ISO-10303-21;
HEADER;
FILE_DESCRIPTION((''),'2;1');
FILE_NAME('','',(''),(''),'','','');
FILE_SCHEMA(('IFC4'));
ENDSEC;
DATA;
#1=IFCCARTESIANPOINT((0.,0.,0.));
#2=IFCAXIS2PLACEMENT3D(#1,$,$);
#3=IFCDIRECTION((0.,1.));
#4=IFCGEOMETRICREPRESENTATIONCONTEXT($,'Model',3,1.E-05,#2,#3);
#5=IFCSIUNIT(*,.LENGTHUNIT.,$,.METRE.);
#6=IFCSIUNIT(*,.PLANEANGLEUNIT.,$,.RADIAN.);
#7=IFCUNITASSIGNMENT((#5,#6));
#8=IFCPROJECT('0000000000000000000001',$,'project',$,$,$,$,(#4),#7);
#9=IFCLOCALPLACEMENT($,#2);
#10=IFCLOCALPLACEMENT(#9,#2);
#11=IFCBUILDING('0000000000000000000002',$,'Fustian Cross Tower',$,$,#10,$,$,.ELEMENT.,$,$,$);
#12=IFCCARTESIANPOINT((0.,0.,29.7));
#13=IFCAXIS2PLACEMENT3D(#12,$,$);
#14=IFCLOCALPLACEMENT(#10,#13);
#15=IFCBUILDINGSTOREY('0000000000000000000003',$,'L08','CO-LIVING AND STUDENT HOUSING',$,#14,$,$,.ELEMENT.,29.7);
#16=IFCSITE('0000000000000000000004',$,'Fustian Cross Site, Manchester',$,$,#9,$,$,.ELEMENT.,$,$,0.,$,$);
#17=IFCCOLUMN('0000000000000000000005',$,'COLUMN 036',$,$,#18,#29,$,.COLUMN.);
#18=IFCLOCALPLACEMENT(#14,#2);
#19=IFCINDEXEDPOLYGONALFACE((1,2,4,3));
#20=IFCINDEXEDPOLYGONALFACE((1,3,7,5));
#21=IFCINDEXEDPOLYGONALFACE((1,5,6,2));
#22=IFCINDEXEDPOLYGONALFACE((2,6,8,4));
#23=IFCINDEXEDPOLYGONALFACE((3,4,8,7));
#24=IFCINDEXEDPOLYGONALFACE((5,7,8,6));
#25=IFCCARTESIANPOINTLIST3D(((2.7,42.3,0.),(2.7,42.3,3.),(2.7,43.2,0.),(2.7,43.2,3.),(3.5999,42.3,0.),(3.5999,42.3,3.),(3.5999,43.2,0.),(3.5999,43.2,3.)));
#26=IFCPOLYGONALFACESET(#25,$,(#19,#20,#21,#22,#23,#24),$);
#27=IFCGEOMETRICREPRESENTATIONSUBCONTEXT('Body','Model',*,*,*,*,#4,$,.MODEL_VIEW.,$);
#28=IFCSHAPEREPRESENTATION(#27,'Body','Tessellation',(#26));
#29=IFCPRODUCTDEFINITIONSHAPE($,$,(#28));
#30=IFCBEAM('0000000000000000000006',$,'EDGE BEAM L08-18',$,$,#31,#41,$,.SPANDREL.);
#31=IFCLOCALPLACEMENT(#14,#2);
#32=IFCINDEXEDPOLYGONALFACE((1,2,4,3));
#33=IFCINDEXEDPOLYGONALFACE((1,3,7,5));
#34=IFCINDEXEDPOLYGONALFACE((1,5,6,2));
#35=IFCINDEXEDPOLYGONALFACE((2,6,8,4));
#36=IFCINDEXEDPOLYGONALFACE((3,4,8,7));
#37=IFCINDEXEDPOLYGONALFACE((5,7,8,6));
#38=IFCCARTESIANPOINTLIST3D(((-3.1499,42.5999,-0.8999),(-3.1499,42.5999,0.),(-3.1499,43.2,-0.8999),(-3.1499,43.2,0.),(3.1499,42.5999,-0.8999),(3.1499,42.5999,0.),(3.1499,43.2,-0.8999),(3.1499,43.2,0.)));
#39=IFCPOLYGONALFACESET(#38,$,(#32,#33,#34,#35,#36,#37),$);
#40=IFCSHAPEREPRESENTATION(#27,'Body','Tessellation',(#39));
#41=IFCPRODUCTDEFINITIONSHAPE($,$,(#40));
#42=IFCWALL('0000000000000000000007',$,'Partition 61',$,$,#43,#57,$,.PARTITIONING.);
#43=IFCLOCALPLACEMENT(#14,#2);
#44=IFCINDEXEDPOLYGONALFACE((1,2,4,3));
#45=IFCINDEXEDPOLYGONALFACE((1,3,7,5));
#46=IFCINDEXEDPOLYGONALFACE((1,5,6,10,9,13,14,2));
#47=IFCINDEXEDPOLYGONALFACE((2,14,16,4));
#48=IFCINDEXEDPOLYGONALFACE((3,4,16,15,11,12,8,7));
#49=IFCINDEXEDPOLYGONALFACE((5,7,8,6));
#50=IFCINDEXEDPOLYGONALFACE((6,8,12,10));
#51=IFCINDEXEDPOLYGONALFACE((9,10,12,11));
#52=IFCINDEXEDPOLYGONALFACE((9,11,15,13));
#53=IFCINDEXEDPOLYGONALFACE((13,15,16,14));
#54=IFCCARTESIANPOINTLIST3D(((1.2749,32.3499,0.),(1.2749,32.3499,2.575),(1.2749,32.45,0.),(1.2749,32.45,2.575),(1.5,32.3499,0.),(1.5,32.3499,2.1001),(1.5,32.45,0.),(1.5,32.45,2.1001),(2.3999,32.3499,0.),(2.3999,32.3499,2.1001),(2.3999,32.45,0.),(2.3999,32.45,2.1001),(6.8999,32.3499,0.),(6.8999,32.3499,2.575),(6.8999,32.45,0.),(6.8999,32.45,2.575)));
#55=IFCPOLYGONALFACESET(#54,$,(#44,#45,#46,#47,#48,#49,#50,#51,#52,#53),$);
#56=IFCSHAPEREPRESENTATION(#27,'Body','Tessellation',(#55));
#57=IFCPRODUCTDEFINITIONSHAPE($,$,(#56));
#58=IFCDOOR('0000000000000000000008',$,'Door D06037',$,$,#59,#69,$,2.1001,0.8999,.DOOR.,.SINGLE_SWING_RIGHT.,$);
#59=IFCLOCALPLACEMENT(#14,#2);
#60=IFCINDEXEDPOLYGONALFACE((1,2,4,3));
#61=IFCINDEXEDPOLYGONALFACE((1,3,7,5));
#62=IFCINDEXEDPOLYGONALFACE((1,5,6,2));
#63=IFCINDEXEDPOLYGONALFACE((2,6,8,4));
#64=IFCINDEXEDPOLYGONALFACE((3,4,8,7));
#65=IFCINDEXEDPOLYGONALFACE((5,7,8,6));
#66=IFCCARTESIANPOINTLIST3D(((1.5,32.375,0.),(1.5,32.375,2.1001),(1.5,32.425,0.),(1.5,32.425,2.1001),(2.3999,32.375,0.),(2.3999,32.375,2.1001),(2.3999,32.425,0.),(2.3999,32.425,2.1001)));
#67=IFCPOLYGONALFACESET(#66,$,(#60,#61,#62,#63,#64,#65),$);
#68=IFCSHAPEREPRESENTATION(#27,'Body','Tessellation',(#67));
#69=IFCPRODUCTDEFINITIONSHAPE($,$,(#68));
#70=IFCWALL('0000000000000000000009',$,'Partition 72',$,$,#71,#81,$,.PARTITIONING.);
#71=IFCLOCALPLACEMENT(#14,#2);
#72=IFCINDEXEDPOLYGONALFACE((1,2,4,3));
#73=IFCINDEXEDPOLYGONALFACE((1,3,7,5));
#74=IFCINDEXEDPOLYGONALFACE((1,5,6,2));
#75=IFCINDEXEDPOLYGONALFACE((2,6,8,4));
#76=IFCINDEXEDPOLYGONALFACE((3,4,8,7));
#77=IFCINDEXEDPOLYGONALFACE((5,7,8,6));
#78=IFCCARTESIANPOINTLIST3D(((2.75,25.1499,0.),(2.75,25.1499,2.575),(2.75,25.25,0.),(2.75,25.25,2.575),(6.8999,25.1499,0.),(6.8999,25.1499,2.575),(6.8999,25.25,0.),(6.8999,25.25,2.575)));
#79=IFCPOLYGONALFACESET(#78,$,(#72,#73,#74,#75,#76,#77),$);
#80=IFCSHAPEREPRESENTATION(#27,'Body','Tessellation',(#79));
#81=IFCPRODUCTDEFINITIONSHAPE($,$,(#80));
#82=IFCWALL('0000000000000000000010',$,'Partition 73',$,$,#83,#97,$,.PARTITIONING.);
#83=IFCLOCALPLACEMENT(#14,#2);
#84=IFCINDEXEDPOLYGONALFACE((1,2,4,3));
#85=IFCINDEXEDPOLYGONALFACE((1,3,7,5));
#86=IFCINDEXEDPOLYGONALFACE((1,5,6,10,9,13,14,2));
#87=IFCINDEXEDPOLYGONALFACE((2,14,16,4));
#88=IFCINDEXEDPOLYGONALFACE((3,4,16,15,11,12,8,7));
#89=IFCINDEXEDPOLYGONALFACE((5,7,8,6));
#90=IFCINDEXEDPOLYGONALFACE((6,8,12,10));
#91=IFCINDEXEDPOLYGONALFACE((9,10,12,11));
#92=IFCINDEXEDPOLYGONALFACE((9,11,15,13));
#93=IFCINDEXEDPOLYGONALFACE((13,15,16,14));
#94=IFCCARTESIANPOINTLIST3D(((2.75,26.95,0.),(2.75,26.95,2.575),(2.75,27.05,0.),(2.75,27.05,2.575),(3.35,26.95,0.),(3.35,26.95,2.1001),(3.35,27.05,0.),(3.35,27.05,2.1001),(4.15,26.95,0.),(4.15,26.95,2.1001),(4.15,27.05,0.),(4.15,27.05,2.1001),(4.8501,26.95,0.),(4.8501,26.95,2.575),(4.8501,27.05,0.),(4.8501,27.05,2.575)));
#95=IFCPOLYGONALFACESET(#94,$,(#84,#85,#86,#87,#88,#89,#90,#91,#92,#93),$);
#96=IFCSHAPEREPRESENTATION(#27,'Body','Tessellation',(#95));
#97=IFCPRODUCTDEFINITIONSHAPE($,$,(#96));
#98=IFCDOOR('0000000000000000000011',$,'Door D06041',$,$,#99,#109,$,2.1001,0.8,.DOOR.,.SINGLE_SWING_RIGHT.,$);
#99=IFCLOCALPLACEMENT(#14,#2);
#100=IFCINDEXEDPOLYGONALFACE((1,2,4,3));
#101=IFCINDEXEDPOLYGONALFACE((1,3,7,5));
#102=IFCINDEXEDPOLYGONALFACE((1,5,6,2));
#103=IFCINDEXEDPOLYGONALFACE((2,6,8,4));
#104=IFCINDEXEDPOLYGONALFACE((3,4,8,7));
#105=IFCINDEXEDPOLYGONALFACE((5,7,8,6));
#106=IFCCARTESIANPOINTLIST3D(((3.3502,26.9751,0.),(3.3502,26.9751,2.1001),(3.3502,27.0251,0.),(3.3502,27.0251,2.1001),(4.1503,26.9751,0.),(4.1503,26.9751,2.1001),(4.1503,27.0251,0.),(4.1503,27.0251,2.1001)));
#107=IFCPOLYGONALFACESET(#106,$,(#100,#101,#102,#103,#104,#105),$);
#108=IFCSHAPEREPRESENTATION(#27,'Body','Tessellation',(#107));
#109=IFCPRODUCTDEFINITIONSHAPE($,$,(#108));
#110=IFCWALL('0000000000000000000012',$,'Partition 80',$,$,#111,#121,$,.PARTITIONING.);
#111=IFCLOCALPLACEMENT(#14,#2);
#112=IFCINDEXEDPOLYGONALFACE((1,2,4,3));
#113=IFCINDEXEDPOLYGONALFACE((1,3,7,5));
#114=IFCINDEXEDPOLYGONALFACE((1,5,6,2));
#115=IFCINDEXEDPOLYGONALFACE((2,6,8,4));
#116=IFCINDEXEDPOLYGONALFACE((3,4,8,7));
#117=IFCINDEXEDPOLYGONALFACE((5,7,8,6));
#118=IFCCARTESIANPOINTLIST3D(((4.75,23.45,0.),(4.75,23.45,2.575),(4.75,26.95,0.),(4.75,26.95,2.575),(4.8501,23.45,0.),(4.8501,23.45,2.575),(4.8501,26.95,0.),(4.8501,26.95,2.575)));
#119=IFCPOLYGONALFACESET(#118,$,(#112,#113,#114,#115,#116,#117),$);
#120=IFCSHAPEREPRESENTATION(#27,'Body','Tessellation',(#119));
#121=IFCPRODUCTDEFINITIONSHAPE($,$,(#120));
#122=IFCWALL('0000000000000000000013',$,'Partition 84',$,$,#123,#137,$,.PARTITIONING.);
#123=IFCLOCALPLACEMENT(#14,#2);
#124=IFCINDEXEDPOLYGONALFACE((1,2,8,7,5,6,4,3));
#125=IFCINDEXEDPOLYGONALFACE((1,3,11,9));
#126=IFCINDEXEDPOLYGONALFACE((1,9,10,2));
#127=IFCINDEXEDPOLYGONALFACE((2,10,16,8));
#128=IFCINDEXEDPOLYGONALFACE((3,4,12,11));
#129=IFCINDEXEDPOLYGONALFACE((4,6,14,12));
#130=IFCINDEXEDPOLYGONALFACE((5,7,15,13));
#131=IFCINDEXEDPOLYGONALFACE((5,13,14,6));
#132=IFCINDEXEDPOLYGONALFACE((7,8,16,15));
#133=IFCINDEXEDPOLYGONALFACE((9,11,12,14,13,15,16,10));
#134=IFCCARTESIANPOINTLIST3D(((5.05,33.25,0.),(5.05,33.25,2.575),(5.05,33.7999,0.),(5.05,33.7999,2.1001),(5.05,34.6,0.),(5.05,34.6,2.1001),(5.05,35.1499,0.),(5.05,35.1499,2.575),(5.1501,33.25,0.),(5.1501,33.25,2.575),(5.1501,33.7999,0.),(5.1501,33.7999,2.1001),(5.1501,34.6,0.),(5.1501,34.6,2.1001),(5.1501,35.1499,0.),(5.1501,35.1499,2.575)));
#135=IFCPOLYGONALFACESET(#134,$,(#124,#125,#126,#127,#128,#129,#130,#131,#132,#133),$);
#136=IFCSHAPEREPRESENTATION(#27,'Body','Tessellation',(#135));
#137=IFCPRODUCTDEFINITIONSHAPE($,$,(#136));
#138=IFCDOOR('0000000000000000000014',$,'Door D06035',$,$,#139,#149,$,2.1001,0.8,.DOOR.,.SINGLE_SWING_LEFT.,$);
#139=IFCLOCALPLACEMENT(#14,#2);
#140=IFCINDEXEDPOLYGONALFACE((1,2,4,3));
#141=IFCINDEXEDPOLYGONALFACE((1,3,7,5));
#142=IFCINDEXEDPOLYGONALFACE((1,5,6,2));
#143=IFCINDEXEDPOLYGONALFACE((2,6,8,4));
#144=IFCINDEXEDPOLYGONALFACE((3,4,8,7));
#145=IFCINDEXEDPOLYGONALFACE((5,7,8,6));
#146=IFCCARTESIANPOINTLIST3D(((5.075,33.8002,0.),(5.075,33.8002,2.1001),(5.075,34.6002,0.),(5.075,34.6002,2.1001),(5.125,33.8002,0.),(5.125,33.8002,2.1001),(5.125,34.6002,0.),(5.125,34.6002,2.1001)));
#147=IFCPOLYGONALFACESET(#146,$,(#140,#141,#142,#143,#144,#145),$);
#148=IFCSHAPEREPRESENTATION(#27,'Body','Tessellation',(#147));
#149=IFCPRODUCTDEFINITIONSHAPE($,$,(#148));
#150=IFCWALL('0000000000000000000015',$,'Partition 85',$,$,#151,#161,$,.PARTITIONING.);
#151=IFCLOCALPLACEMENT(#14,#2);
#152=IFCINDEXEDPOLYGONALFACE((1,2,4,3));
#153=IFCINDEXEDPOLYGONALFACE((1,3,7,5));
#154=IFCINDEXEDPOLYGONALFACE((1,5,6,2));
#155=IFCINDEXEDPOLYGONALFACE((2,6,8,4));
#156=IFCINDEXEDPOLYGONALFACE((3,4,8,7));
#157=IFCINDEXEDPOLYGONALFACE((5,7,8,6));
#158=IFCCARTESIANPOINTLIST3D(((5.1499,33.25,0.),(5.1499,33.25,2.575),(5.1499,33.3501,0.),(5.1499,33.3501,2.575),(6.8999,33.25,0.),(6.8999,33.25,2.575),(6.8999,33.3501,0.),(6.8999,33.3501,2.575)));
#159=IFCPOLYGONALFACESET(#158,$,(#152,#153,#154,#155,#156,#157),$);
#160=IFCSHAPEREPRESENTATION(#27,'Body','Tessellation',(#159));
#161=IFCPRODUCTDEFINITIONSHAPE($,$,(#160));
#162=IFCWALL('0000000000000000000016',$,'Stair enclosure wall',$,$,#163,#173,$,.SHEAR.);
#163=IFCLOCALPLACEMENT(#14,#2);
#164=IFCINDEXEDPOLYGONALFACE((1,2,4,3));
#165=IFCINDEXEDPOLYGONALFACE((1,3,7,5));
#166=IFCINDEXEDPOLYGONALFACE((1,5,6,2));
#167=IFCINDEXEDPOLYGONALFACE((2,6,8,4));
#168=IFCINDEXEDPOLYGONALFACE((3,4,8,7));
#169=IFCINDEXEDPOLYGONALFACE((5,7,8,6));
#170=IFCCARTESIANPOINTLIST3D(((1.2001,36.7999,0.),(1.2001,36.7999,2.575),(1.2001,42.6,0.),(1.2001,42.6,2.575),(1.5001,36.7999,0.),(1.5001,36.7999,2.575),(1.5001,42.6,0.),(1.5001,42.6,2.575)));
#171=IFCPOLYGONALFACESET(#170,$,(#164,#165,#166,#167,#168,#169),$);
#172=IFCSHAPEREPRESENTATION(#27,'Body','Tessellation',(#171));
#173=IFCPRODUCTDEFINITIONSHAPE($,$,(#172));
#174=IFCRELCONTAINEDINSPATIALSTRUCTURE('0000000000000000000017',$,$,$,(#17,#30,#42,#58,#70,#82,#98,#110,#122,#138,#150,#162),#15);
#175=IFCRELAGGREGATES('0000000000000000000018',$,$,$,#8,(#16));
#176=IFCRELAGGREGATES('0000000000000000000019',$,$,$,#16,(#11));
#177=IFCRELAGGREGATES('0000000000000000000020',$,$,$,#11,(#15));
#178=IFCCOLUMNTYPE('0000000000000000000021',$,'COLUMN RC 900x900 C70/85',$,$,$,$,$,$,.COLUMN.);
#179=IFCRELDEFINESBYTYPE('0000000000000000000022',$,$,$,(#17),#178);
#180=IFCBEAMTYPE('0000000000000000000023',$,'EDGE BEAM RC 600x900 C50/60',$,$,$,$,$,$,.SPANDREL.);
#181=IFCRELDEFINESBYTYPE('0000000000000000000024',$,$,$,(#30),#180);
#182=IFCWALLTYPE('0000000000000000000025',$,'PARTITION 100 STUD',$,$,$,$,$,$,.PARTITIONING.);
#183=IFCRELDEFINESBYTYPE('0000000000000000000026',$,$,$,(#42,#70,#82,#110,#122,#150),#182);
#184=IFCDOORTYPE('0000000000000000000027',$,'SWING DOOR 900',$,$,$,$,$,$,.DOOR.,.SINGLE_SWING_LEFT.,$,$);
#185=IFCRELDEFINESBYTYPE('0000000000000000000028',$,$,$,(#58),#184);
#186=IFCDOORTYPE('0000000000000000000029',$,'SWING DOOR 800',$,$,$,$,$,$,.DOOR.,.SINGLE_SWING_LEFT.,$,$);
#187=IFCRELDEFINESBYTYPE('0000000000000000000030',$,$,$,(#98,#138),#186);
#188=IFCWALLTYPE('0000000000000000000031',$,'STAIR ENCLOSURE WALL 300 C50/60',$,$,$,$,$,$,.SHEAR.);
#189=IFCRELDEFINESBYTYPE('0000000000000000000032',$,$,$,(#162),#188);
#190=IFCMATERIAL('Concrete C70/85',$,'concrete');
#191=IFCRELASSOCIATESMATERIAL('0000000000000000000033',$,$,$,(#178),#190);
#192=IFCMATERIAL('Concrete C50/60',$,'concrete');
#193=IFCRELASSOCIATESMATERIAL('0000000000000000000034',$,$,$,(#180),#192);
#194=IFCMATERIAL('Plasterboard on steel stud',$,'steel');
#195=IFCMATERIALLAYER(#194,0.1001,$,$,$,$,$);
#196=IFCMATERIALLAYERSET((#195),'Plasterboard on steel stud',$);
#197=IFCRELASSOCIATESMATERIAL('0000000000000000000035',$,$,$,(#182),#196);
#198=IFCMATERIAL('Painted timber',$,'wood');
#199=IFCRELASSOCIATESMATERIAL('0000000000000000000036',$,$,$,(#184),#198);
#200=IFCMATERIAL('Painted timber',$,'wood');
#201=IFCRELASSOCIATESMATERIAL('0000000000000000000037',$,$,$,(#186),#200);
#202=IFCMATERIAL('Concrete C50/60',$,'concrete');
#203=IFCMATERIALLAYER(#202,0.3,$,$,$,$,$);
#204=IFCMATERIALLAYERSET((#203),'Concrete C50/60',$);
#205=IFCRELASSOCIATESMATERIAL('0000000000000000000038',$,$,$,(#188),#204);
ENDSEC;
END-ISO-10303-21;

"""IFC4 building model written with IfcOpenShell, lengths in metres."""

from ifc_helpers import new_model, si_unit, direction, frame, frame_2d, origin, origin_2d, place, context, subcontext, project, spatial, rectangle, extrude, material, layer, layer_set, material_profile, profile_set, type_object, element, fill, save


model = new_model("IFC4")

# Units and contexts
model_context = context("Model", 3, precision=1e-05, world=origin(), true_north=direction((0.0, 1.0)))
body_context = subcontext(model_context, "Body", "Model", "MODEL_VIEW")
ifc_project = project(units=[si_unit("LENGTHUNIT", "METRE"), si_unit("PLANEANGLEUNIT", "RADIAN")], contexts=[model_context])

# Site, building, storey
site_placement = place(None, origin())
site = spatial("IfcSite", under=ifc_project, at=site_placement, Name="Fustian Cross Site, Manchester", CompositionType="ELEMENT", RefElevation=0.0)
building_placement = place(site_placement, origin())
building = spatial("IfcBuilding", under=site, at=building_placement, Name="Fustian Cross Tower", CompositionType="ELEMENT")
storey_placement = place(building_placement, frame((0.0, 0.0, 29.7)))
storey = spatial("IfcBuildingStorey", under=building, at=storey_placement, Name="L08", Description="CO-LIVING AND STUDENT HOUSING", CompositionType="ELEMENT", Elevation=29.7)

# Column
ifc_material_1 = material(Name="Concrete C70/85", Category="concrete")
ifc_material_profile_1 = material_profile(ifc_material_1, rectangle(XDim=0.8999, YDim=0.8999, at=origin_2d()), Name="RC 900x900")
ifc_profile_set_1 = profile_set([ifc_material_profile_1], Name="Concrete C70/85")
column_type = type_object("IfcColumnType", Name="COLUMN RC 900x900 C70/85", PredefinedType="COLUMN", material=ifc_profile_set_1)
column_placement = place(storey_placement, frame((3.1499, 42.75, 0.0), z_axis=(0.0, 0.0, 1.0), x_axis=(1.0, 0.0, 0.0)))
element("IfcColumn", 1, at=column_placement, inside=storey, type_object=column_type, Name="COLUMN 036", PredefinedType="COLUMN", context=body_context, shape_type="SweptSolid", body=[
    extrude(rectangle(XDim=0.8999, YDim=0.8999, at=origin_2d()), origin(), (0.0, 0.0, 1.0), 3.0),
])

# Beam
ifc_material_2 = material(Name="Concrete C50/60", Category="concrete")
ifc_material_profile_2 = material_profile(ifc_material_2, rectangle(XDim=0.6001, YDim=0.8999, at=origin_2d()), Name="RC 600x900")
ifc_profile_set_2 = profile_set([ifc_material_profile_2], Name="Concrete C50/60")
beam_type = type_object("IfcBeamType", Name="EDGE BEAM RC 600x900 C50/60", PredefinedType="SPANDREL", material=ifc_profile_set_2)
beam_placement = place(storey_placement, frame((3.1499, 42.8999, -0.45), z_axis=(-1.0, 0.0, 0.0), x_axis=(0.0, -1.0, 0.0)))
element("IfcBeam", 2, at=beam_placement, inside=storey, type_object=beam_type, Name="EDGE BEAM L08-18", PredefinedType="SPANDREL", context=body_context, shape_type="SweptSolid", body=[
    extrude(rectangle(XDim=0.6001, YDim=0.8999, at=origin_2d()), origin(), (0.0, 0.0, 1.0), 6.2998),
])

# Wall, opening, door
ifc_material_3 = material(Name="Plasterboard on steel stud", Category="steel")
ifc_layer_1 = layer(ifc_material_3, 0.1001)
ifc_layer_set_1 = layer_set([ifc_layer_1], Name="Plasterboard on steel stud")
wall_type_1 = type_object("IfcWallType", Name="PARTITION 100 STUD", PredefinedType="PARTITIONING", material=ifc_layer_set_1)
wall_1_placement = place(storey_placement, frame((1.2749, 32.3999, 0.0), z_axis=(0.0, 0.0, 1.0), x_axis=(1.0, 0.0, 0.0)))
wall_1 = element("IfcWall", 3, at=wall_1_placement, inside=storey, type_object=wall_type_1, Name="Partition 61", PredefinedType="PARTITIONING", context=body_context, shape_type="SweptSolid", body=[
    extrude(rectangle(XDim=5.625, YDim=0.1001, at=frame_2d((2.8125, 0.0))), origin(), (0.0, 0.0, 1.0), 2.575),
])
opening_1_placement = place(wall_1_placement, frame((0.2251, 0.0, 0.0)))
opening_1 = element("IfcOpeningElement", 4, at=opening_1_placement, cuts=wall_1, PredefinedType="OPENING", context=body_context, shape_type="SweptSolid", body=[
    extrude(rectangle(XDim=0.8999, YDim=2.1001, at=frame_2d((0.45, 1.05))), frame((0.0, 0.0601, 0.0), z_axis=(0.0, -1.0, 0.0), x_axis=(1.0, 0.0, 0.0)), (0.0, 0.0, 1.0), 0.1201),
])
ifc_material_4 = material(Name="Painted timber", Category="wood")
door_type_1 = type_object("IfcDoorType", Name="SWING DOOR 900", OperationType="SINGLE_SWING_LEFT", PredefinedType="DOOR", material=ifc_material_4)
door_1_placement = place(opening_1_placement, frame((0.8999, 0.0, 0.0), z_axis=(0.0, 0.0, 1.0), x_axis=(-1.0, 0.0, 0.0)))
door_1 = element("IfcDoor", 5, at=door_1_placement, inside=storey, type_object=door_type_1, Name="Door D06037", OperationType="SINGLE_SWING_RIGHT", OverallHeight=2.1001, OverallWidth=0.8999, PredefinedType="DOOR", context=body_context, shape_type="SweptSolid", body=[
    extrude(rectangle(XDim=0.8999, YDim=2.1001, at=frame_2d((0.45, 1.05))), frame((0.0, 0.0249, 0.0), z_axis=(0.0, -1.0, 0.0), x_axis=(1.0, 0.0, 0.0)), (0.0, 0.0, 1.0), 0.05),
])
fill(opening_1, door_1)

# Wall
wall_2_placement = place(storey_placement, frame((2.75, 25.2, 0.0), z_axis=(0.0, 0.0, 1.0), x_axis=(1.0, 0.0, 0.0)))
element("IfcWall", 6, at=wall_2_placement, inside=storey, type_object=wall_type_1, Name="Partition 72", PredefinedType="PARTITIONING", context=body_context, shape_type="SweptSolid", body=[
    extrude(rectangle(XDim=4.1499, YDim=0.1001, at=frame_2d((2.075, 0.0))), origin(), (0.0, 0.0, 1.0), 2.575),
])

# Wall, opening, door
wall_3_placement = place(storey_placement, frame((2.75, 27.0, 0.0), z_axis=(0.0, 0.0, 1.0), x_axis=(1.0, 0.0, 0.0)))
wall_3 = element("IfcWall", 7, at=wall_3_placement, inside=storey, type_object=wall_type_1, Name="Partition 73", PredefinedType="PARTITIONING", context=body_context, shape_type="SweptSolid", body=[
    extrude(rectangle(XDim=2.1001, YDim=0.1001, at=frame_2d((1.05, 0.0))), origin(), (0.0, 0.0, 1.0), 2.575),
])
opening_2_placement = place(wall_3_placement, frame((0.6001, 0.0, 0.0)))
opening_2 = element("IfcOpeningElement", 8, at=opening_2_placement, cuts=wall_3, PredefinedType="OPENING", context=body_context, shape_type="SweptSolid", body=[
    extrude(rectangle(XDim=0.8, YDim=2.1001, at=frame_2d((0.3999, 1.05))), frame((0.0, 0.0601, 0.0), z_axis=(0.0, -1.0, 0.0), x_axis=(1.0, 0.0, 0.0)), (0.0, 0.0, 1.0), 0.1201),
])
ifc_material_5 = material(Name="Painted timber", Category="wood")
door_type_2 = type_object("IfcDoorType", Name="SWING DOOR 800", OperationType="SINGLE_SWING_LEFT", PredefinedType="DOOR", material=ifc_material_5)
door_2_placement = place(opening_2_placement, frame((0.8, 0.0, 0.0), z_axis=(0.0, 0.0, 1.0), x_axis=(-1.0, 0.0, 0.0)))
door_2 = element("IfcDoor", 9, at=door_2_placement, inside=storey, type_object=door_type_2, Name="Door D06041", OperationType="SINGLE_SWING_RIGHT", OverallHeight=2.1001, OverallWidth=0.8, PredefinedType="DOOR", context=body_context, shape_type="SweptSolid", body=[
    extrude(rectangle(XDim=0.8, YDim=2.1001, at=frame_2d((0.3999, 1.05))), frame((0.0, 0.0249, 0.0), z_axis=(0.0, -1.0, 0.0), x_axis=(1.0, 0.0, 0.0)), (0.0, 0.0, 1.0), 0.05),
])
fill(opening_2, door_2)

# Wall
wall_4_placement = place(storey_placement, frame((4.8, 23.45, 0.0), z_axis=(0.0, 0.0, 1.0), x_axis=(0.0, 1.0, 0.0)))
element("IfcWall", 10, at=wall_4_placement, inside=storey, type_object=wall_type_1, Name="Partition 80", PredefinedType="PARTITIONING", context=body_context, shape_type="SweptSolid", body=[
    extrude(rectangle(XDim=3.5, YDim=0.1001, at=frame_2d((1.75, 0.0))), origin(), (0.0, 0.0, 1.0), 2.575),
])

# Wall, opening, door
wall_5_placement = place(storey_placement, frame((5.1001, 33.25, 0.0), z_axis=(0.0, 0.0, 1.0), x_axis=(0.0, 1.0, 0.0)))
wall_5 = element("IfcWall", 11, at=wall_5_placement, inside=storey, type_object=wall_type_1, Name="Partition 84", PredefinedType="PARTITIONING", context=body_context, shape_type="SweptSolid", body=[
    extrude(rectangle(XDim=1.8999, YDim=0.1001, at=frame_2d((0.95, 0.0))), origin(), (0.0, 0.0, 1.0), 2.575),
])
opening_3_placement = place(wall_5_placement, frame((0.55, 0.0, 0.0)))
opening_3 = element("IfcOpeningElement", 12, at=opening_3_placement, cuts=wall_5, PredefinedType="OPENING", context=body_context, shape_type="SweptSolid", body=[
    extrude(rectangle(XDim=0.8, YDim=2.1001, at=frame_2d((0.3999, 1.05))), frame((0.0, 0.0601, 0.0), z_axis=(0.0, -1.0, 0.0), x_axis=(1.0, 0.0, 0.0)), (0.0, 0.0, 1.0), 0.1201),
])
door_3_placement = place(opening_3_placement, frame((0.8, 0.0, 0.0), z_axis=(0.0, 0.0, 1.0), x_axis=(-1.0, 0.0, 0.0)))
door_3 = element("IfcDoor", 13, at=door_3_placement, inside=storey, type_object=door_type_2, Name="Door D06035", OperationType="SINGLE_SWING_LEFT", OverallHeight=2.1001, OverallWidth=0.8, PredefinedType="DOOR", context=body_context, shape_type="SweptSolid", body=[
    extrude(rectangle(XDim=0.8, YDim=2.1001, at=frame_2d((0.3999, 1.05))), frame((0.0, 0.0249, 0.0), z_axis=(0.0, -1.0, 0.0), x_axis=(1.0, 0.0, 0.0)), (0.0, 0.0, 1.0), 0.05),
])
fill(opening_3, door_3)

# Walls
wall_6_placement = place(storey_placement, frame((5.1499, 33.3, 0.0), z_axis=(0.0, 0.0, 1.0), x_axis=(1.0, 0.0, 0.0)))
element("IfcWall", 14, at=wall_6_placement, inside=storey, type_object=wall_type_1, Name="Partition 85", PredefinedType="PARTITIONING", context=body_context, shape_type="SweptSolid", body=[
    extrude(rectangle(XDim=1.75, YDim=0.1001, at=frame_2d((0.875, 0.0))), origin(), (0.0, 0.0, 1.0), 2.575),
])
ifc_material_6 = material(Name="Concrete C50/60", Category="concrete")
ifc_layer_2 = layer(ifc_material_6, 0.3)
ifc_layer_set_2 = layer_set([ifc_layer_2], Name="Concrete C50/60")
wall_type_2 = type_object("IfcWallType", Name="STAIR ENCLOSURE WALL 300 C50/60", PredefinedType="SHEAR", material=ifc_layer_set_2)
wall_7_placement = place(storey_placement, frame((1.3501, 36.8, 0.0), z_axis=(0.0, 0.0, 1.0), x_axis=(0.0, 1.0, 0.0)))
element("IfcWall", 15, at=wall_7_placement, inside=storey, type_object=wall_type_2, Name="Stair enclosure wall", PredefinedType="SHEAR", context=body_context, shape_type="SweptSolid", body=[
    extrude(rectangle(XDim=5.8, YDim=0.3, at=frame_2d((2.8999, 0.0))), origin(), (0.0, 0.0, 1.0), 2.575),
])

save(model, "model.ifc")
